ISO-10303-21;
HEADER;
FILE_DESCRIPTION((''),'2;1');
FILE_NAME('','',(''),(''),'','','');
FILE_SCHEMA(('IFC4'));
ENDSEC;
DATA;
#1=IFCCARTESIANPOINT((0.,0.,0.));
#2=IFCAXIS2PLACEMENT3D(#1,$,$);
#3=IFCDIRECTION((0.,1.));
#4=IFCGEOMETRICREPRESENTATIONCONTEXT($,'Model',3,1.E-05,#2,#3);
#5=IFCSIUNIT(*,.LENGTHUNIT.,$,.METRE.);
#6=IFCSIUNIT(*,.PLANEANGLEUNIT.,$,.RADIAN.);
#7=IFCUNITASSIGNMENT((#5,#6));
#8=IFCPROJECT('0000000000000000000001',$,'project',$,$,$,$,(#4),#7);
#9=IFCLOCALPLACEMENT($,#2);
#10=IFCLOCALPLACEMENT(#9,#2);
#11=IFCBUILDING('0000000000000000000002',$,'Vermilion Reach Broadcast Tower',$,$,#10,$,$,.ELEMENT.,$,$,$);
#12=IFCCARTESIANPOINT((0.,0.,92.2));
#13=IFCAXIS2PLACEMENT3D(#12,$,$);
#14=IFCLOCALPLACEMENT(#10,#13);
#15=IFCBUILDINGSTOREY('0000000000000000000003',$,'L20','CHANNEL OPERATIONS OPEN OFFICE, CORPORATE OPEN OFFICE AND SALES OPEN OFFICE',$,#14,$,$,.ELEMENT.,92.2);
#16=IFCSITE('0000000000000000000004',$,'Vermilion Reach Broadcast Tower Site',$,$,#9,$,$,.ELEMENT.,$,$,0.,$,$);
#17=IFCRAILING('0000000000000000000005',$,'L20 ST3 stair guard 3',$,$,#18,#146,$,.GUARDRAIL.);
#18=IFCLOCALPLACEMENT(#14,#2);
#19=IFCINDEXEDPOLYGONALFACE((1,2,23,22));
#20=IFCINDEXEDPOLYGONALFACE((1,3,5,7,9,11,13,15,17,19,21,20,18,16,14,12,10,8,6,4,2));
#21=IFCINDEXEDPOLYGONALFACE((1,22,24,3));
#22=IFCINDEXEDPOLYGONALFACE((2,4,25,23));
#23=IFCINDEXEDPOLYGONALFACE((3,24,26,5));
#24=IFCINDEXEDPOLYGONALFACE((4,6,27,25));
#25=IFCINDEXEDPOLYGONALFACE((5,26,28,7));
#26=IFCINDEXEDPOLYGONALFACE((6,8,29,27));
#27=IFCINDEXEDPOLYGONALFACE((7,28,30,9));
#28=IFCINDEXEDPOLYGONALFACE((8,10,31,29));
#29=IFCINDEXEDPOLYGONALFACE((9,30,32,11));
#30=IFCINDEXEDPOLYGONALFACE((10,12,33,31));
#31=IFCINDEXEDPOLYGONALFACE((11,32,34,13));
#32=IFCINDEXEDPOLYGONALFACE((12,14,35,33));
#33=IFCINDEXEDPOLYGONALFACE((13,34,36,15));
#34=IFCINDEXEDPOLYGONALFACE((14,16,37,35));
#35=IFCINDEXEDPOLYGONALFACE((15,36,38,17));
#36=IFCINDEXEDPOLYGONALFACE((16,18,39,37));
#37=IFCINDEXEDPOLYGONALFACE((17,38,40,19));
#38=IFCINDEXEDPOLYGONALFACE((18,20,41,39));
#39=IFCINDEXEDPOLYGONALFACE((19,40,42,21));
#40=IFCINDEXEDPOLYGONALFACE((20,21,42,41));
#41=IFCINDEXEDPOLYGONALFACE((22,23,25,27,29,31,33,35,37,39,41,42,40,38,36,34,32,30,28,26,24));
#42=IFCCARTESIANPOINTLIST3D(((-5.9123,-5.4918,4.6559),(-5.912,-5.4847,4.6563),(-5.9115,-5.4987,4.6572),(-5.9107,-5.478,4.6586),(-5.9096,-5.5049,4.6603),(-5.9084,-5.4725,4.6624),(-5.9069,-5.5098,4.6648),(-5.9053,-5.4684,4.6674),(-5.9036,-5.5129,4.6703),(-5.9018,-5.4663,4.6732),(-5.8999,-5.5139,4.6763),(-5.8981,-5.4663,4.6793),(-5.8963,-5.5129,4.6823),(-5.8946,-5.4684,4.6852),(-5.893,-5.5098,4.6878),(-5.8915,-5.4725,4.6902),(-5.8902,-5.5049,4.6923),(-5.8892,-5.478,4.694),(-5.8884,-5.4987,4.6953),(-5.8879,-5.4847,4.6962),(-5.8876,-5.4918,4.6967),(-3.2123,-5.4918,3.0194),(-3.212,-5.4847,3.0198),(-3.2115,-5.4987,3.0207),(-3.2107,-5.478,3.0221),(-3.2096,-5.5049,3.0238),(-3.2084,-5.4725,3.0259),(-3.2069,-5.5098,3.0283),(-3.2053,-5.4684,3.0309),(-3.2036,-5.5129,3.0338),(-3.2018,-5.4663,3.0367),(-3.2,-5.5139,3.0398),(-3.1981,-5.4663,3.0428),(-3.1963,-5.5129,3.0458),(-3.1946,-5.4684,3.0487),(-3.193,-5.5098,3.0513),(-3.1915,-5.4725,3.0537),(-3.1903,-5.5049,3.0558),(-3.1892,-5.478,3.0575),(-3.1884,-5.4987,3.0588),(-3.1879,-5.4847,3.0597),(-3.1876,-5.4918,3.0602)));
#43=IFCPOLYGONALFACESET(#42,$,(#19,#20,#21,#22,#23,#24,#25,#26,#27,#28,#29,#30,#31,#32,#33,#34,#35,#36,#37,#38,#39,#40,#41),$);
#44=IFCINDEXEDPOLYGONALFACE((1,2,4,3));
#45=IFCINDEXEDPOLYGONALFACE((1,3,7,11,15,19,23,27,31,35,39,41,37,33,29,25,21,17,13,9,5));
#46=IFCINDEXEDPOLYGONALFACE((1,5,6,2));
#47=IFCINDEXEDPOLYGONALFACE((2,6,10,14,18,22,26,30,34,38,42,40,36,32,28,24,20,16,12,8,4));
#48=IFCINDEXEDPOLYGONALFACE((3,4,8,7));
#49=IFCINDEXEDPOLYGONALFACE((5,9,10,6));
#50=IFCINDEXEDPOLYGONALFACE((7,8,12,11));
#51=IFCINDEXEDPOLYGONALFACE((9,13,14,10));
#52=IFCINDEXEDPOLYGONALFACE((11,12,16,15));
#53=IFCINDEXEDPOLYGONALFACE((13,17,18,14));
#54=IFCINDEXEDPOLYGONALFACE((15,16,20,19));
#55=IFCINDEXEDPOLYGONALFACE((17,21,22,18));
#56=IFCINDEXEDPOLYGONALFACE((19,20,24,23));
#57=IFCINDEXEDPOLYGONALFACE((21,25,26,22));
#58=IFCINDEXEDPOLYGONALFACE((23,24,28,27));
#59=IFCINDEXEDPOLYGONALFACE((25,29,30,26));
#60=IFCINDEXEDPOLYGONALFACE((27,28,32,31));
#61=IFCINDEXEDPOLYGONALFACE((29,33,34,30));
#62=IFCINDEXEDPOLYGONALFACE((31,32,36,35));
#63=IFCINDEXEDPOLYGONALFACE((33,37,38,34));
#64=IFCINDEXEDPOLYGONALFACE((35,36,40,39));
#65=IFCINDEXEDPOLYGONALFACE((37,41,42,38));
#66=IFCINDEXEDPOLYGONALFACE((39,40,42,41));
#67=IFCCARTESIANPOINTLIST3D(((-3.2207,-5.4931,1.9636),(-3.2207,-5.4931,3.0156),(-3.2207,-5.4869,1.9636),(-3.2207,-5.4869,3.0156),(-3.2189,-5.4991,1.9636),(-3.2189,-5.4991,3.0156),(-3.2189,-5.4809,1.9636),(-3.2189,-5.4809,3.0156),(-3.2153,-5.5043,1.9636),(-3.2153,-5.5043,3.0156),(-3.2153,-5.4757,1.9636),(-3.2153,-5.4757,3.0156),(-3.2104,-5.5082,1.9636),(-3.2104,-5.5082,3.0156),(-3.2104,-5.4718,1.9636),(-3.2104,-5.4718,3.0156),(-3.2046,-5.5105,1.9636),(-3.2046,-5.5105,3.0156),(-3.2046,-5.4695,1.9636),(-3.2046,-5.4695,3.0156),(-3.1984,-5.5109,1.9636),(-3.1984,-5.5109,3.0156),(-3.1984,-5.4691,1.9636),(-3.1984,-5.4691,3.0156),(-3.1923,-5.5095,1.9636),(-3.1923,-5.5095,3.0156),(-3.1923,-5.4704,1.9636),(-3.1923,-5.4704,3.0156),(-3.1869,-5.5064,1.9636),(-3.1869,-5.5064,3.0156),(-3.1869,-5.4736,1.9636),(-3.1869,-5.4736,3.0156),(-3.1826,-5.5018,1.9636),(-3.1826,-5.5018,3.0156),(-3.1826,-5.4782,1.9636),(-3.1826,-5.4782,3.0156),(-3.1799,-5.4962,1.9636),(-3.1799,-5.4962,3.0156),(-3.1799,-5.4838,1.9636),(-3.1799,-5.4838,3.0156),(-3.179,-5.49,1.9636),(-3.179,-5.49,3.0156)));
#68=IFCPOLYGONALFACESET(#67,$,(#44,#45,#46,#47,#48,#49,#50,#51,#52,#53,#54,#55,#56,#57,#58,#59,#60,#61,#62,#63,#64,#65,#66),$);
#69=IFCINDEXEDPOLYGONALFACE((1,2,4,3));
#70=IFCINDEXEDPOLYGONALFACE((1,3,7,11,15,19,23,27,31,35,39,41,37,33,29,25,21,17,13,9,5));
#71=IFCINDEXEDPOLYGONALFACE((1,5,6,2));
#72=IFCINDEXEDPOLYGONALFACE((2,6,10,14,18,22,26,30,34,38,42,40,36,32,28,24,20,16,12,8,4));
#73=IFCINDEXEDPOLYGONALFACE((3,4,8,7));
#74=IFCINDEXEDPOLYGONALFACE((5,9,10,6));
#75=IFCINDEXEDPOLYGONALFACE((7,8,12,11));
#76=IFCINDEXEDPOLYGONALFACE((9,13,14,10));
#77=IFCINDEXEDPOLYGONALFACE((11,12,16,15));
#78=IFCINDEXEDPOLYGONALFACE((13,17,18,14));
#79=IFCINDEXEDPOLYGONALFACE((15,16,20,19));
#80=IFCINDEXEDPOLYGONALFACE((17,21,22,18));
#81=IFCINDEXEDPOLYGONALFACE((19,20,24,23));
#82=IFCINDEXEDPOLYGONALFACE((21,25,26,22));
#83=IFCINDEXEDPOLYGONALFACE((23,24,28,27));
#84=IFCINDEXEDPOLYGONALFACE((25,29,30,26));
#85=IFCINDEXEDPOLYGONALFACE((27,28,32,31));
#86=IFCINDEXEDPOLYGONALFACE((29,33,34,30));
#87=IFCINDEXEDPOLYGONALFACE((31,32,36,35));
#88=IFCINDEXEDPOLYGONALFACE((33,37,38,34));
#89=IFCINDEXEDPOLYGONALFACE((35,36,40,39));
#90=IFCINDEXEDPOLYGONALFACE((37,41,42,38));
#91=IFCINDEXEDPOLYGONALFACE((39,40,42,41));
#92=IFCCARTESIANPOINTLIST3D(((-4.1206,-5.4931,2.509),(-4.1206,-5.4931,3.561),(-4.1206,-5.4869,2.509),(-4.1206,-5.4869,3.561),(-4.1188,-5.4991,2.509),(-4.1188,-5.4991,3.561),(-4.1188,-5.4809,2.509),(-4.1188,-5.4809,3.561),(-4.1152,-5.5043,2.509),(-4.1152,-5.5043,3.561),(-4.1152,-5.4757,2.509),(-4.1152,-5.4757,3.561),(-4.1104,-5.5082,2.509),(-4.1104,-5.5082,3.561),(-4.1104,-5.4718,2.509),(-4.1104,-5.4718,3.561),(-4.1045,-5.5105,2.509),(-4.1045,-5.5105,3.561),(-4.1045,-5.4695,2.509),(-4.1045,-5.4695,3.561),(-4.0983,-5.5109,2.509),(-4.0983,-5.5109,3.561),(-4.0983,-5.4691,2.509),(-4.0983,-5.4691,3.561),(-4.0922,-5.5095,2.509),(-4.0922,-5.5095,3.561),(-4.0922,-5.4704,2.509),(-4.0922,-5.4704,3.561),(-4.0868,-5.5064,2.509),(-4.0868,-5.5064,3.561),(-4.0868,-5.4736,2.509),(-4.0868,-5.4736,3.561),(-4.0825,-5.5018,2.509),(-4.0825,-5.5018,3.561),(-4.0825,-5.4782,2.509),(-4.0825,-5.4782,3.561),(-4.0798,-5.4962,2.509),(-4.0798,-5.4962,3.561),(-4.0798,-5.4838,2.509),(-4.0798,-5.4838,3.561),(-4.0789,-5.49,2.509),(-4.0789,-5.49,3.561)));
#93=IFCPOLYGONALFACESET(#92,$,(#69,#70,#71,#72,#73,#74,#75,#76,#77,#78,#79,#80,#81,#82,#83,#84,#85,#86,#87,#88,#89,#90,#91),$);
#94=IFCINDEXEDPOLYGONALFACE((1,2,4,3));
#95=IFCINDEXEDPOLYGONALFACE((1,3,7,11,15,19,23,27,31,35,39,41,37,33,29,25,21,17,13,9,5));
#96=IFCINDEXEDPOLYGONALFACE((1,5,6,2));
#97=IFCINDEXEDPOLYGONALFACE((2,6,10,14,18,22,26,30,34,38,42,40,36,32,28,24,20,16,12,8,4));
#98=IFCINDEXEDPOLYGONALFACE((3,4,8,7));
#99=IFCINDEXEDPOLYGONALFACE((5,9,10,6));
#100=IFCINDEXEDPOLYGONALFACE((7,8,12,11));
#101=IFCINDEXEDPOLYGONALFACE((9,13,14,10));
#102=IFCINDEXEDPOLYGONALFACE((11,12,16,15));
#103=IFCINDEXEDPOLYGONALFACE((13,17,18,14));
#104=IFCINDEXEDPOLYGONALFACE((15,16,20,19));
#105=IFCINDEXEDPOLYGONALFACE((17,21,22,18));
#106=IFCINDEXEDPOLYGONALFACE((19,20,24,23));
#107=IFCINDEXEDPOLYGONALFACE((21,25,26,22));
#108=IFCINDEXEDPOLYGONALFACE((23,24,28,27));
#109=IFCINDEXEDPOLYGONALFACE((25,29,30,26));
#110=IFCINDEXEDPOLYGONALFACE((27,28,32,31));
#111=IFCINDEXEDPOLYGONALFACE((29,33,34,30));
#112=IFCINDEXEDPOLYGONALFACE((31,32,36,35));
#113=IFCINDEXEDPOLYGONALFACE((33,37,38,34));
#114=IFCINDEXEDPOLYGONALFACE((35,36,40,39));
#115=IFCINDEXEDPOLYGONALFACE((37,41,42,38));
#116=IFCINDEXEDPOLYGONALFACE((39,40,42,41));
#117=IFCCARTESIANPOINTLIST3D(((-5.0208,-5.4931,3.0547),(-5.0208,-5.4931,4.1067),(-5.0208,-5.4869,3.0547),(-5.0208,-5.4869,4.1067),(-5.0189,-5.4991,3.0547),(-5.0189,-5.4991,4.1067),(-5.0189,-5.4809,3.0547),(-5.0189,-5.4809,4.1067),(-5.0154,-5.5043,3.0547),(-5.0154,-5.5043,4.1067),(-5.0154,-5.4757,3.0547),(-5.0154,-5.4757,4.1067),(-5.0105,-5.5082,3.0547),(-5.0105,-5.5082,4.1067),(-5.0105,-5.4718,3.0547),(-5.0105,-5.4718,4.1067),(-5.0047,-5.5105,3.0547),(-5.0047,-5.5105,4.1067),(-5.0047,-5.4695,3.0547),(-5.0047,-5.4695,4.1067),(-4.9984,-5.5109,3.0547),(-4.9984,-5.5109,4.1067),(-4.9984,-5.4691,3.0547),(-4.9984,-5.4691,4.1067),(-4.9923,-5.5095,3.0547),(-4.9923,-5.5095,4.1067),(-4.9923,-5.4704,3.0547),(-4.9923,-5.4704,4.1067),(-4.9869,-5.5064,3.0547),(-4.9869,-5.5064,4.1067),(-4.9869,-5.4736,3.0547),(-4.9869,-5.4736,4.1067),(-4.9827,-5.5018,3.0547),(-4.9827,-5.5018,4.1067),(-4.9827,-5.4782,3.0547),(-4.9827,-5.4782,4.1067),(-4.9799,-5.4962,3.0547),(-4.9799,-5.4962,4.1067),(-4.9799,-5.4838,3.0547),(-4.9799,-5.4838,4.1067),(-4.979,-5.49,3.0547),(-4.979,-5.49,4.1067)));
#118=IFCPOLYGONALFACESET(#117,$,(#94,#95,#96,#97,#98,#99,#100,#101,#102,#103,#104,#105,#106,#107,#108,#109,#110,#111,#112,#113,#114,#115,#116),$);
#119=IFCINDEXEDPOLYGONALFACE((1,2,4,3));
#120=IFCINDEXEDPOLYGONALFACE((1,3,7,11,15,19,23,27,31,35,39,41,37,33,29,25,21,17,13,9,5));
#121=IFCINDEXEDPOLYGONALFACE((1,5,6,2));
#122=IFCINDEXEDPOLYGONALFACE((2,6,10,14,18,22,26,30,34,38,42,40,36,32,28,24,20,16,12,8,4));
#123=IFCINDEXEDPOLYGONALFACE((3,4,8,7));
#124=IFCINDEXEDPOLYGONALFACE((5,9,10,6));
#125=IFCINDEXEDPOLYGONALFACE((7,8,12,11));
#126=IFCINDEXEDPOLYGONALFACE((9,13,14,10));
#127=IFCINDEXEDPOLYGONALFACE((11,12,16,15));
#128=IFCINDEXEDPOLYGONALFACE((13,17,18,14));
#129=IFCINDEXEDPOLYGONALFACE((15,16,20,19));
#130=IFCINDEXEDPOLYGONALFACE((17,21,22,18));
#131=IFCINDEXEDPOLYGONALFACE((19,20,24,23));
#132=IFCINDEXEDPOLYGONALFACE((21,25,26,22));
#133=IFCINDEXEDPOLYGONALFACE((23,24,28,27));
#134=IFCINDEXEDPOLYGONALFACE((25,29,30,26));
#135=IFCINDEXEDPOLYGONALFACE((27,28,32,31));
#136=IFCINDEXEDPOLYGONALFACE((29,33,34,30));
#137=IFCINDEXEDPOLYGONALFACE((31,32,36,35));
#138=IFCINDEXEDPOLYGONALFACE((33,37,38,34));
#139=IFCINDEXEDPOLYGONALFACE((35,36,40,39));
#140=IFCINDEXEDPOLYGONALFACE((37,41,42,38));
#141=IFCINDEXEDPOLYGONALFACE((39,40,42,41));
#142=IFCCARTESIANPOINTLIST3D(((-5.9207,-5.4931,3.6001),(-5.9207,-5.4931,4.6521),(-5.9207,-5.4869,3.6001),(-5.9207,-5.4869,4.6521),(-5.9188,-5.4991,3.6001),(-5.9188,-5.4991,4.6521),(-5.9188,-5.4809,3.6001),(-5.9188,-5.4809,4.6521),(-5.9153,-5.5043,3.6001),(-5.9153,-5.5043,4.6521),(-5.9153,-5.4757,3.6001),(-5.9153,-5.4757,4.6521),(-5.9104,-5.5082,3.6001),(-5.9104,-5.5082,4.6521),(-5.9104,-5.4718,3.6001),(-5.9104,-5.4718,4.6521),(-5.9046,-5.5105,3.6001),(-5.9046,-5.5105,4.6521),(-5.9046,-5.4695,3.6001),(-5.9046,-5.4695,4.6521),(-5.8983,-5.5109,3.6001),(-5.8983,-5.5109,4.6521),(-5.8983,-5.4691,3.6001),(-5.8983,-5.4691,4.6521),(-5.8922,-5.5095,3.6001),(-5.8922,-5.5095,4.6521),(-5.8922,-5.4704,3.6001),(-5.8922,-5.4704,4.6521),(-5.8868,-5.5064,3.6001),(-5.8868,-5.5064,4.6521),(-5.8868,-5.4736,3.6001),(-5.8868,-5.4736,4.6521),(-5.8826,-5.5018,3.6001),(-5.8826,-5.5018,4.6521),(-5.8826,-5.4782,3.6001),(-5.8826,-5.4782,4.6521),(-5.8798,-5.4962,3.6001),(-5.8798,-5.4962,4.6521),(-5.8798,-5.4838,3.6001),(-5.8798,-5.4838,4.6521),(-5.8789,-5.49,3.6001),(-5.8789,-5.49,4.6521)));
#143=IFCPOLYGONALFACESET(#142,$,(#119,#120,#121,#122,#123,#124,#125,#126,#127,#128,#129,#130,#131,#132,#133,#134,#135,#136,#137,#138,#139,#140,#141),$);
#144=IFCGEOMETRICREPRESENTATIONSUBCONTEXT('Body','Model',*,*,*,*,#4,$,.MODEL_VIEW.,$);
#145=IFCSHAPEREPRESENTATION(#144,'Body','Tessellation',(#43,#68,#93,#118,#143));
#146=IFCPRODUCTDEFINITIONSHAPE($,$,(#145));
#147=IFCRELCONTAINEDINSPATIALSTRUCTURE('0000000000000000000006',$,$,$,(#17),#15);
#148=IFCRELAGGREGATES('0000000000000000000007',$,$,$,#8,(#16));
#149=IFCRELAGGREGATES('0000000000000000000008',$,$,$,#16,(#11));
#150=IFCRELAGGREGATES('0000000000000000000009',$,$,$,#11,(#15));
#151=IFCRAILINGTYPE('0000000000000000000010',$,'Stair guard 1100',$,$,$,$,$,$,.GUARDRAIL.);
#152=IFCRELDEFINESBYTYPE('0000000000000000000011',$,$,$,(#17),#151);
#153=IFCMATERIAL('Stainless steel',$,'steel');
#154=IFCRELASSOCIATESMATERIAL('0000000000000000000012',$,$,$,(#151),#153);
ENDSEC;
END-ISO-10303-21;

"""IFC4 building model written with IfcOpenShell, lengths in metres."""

from ifc_helpers import new_model, si_unit, direction, frame, origin, origin_2d, place, context, subcontext, project, spatial, circle, extrude, material, type_object, element, save


model = new_model("IFC4")

# Units and contexts
model_context = context("Model", 3, precision=1e-05, world=origin(), true_north=direction((0.0, 1.0)))
body_context = subcontext(model_context, "Body", "Model", "MODEL_VIEW")
ifc_project = project(units=[si_unit("LENGTHUNIT", "METRE"), si_unit("PLANEANGLEUNIT", "RADIAN")], contexts=[model_context])

# Site, building, storey
site_placement = place(None, origin())
site = spatial("IfcSite", under=ifc_project, at=site_placement, Name="Vermilion Reach Broadcast Tower Site", CompositionType="ELEMENT", RefElevation=0.0)
building_placement = place(site_placement, origin())
building = spatial("IfcBuilding", under=site, at=building_placement, Name="Vermilion Reach Broadcast Tower", CompositionType="ELEMENT")
storey_placement = place(building_placement, frame((0.0, 0.0, 92.2)))
storey = spatial("IfcBuildingStorey", under=building, at=storey_placement, Name="L20", Description="CHANNEL OPERATIONS OPEN OFFICE, CORPORATE OPEN OFFICE AND SALES OPEN OFFICE", CompositionType="ELEMENT", Elevation=92.2)

# Railing
ifc_material_1 = material(Name="Stainless steel", Category="steel")
railing_type_1 = type_object("IfcRailingType", Name="Stair guard 1100", PredefinedType="GUARDRAIL", material=ifc_material_1)
railing_1_placement = place(storey_placement, frame((-3.2, -5.49, 1.9636)))
element("IfcRailing", 1, at=railing_1_placement, inside=storey, type_object=railing_type_1, Name="L20 ST3 stair guard 3", PredefinedType="GUARDRAIL", context=body_context, shape_type="SweptSolid", body=[
    extrude(circle(Radius=0.0239, at=origin_2d()), frame((0.0, 0.0, 1.0762), z_axis=(-0.855178, 0.0, 0.518334), x_axis=(0.0, -1.0, 0.0)), (0.0, 0.0, 1.0), 3.1572),
    extrude(circle(Radius=0.021, at=origin_2d()), origin(), (0.0, 0.0, 1.0), 1.052),
    extrude(circle(Radius=0.021, at=origin_2d()), frame((-0.8999, 0.0, 0.5454)), (0.0, 0.0, 1.0), 1.052),
    extrude(circle(Radius=0.021, at=origin_2d()), frame((-1.8, 0.0, 1.0911)), (0.0, 0.0, 1.0), 1.052),
    extrude(circle(Radius=0.021, at=origin_2d()), frame((-2.7, 0.0, 1.6365)), (0.0, 0.0, 1.0), 1.052),
])

save(model, "model.ifc")
